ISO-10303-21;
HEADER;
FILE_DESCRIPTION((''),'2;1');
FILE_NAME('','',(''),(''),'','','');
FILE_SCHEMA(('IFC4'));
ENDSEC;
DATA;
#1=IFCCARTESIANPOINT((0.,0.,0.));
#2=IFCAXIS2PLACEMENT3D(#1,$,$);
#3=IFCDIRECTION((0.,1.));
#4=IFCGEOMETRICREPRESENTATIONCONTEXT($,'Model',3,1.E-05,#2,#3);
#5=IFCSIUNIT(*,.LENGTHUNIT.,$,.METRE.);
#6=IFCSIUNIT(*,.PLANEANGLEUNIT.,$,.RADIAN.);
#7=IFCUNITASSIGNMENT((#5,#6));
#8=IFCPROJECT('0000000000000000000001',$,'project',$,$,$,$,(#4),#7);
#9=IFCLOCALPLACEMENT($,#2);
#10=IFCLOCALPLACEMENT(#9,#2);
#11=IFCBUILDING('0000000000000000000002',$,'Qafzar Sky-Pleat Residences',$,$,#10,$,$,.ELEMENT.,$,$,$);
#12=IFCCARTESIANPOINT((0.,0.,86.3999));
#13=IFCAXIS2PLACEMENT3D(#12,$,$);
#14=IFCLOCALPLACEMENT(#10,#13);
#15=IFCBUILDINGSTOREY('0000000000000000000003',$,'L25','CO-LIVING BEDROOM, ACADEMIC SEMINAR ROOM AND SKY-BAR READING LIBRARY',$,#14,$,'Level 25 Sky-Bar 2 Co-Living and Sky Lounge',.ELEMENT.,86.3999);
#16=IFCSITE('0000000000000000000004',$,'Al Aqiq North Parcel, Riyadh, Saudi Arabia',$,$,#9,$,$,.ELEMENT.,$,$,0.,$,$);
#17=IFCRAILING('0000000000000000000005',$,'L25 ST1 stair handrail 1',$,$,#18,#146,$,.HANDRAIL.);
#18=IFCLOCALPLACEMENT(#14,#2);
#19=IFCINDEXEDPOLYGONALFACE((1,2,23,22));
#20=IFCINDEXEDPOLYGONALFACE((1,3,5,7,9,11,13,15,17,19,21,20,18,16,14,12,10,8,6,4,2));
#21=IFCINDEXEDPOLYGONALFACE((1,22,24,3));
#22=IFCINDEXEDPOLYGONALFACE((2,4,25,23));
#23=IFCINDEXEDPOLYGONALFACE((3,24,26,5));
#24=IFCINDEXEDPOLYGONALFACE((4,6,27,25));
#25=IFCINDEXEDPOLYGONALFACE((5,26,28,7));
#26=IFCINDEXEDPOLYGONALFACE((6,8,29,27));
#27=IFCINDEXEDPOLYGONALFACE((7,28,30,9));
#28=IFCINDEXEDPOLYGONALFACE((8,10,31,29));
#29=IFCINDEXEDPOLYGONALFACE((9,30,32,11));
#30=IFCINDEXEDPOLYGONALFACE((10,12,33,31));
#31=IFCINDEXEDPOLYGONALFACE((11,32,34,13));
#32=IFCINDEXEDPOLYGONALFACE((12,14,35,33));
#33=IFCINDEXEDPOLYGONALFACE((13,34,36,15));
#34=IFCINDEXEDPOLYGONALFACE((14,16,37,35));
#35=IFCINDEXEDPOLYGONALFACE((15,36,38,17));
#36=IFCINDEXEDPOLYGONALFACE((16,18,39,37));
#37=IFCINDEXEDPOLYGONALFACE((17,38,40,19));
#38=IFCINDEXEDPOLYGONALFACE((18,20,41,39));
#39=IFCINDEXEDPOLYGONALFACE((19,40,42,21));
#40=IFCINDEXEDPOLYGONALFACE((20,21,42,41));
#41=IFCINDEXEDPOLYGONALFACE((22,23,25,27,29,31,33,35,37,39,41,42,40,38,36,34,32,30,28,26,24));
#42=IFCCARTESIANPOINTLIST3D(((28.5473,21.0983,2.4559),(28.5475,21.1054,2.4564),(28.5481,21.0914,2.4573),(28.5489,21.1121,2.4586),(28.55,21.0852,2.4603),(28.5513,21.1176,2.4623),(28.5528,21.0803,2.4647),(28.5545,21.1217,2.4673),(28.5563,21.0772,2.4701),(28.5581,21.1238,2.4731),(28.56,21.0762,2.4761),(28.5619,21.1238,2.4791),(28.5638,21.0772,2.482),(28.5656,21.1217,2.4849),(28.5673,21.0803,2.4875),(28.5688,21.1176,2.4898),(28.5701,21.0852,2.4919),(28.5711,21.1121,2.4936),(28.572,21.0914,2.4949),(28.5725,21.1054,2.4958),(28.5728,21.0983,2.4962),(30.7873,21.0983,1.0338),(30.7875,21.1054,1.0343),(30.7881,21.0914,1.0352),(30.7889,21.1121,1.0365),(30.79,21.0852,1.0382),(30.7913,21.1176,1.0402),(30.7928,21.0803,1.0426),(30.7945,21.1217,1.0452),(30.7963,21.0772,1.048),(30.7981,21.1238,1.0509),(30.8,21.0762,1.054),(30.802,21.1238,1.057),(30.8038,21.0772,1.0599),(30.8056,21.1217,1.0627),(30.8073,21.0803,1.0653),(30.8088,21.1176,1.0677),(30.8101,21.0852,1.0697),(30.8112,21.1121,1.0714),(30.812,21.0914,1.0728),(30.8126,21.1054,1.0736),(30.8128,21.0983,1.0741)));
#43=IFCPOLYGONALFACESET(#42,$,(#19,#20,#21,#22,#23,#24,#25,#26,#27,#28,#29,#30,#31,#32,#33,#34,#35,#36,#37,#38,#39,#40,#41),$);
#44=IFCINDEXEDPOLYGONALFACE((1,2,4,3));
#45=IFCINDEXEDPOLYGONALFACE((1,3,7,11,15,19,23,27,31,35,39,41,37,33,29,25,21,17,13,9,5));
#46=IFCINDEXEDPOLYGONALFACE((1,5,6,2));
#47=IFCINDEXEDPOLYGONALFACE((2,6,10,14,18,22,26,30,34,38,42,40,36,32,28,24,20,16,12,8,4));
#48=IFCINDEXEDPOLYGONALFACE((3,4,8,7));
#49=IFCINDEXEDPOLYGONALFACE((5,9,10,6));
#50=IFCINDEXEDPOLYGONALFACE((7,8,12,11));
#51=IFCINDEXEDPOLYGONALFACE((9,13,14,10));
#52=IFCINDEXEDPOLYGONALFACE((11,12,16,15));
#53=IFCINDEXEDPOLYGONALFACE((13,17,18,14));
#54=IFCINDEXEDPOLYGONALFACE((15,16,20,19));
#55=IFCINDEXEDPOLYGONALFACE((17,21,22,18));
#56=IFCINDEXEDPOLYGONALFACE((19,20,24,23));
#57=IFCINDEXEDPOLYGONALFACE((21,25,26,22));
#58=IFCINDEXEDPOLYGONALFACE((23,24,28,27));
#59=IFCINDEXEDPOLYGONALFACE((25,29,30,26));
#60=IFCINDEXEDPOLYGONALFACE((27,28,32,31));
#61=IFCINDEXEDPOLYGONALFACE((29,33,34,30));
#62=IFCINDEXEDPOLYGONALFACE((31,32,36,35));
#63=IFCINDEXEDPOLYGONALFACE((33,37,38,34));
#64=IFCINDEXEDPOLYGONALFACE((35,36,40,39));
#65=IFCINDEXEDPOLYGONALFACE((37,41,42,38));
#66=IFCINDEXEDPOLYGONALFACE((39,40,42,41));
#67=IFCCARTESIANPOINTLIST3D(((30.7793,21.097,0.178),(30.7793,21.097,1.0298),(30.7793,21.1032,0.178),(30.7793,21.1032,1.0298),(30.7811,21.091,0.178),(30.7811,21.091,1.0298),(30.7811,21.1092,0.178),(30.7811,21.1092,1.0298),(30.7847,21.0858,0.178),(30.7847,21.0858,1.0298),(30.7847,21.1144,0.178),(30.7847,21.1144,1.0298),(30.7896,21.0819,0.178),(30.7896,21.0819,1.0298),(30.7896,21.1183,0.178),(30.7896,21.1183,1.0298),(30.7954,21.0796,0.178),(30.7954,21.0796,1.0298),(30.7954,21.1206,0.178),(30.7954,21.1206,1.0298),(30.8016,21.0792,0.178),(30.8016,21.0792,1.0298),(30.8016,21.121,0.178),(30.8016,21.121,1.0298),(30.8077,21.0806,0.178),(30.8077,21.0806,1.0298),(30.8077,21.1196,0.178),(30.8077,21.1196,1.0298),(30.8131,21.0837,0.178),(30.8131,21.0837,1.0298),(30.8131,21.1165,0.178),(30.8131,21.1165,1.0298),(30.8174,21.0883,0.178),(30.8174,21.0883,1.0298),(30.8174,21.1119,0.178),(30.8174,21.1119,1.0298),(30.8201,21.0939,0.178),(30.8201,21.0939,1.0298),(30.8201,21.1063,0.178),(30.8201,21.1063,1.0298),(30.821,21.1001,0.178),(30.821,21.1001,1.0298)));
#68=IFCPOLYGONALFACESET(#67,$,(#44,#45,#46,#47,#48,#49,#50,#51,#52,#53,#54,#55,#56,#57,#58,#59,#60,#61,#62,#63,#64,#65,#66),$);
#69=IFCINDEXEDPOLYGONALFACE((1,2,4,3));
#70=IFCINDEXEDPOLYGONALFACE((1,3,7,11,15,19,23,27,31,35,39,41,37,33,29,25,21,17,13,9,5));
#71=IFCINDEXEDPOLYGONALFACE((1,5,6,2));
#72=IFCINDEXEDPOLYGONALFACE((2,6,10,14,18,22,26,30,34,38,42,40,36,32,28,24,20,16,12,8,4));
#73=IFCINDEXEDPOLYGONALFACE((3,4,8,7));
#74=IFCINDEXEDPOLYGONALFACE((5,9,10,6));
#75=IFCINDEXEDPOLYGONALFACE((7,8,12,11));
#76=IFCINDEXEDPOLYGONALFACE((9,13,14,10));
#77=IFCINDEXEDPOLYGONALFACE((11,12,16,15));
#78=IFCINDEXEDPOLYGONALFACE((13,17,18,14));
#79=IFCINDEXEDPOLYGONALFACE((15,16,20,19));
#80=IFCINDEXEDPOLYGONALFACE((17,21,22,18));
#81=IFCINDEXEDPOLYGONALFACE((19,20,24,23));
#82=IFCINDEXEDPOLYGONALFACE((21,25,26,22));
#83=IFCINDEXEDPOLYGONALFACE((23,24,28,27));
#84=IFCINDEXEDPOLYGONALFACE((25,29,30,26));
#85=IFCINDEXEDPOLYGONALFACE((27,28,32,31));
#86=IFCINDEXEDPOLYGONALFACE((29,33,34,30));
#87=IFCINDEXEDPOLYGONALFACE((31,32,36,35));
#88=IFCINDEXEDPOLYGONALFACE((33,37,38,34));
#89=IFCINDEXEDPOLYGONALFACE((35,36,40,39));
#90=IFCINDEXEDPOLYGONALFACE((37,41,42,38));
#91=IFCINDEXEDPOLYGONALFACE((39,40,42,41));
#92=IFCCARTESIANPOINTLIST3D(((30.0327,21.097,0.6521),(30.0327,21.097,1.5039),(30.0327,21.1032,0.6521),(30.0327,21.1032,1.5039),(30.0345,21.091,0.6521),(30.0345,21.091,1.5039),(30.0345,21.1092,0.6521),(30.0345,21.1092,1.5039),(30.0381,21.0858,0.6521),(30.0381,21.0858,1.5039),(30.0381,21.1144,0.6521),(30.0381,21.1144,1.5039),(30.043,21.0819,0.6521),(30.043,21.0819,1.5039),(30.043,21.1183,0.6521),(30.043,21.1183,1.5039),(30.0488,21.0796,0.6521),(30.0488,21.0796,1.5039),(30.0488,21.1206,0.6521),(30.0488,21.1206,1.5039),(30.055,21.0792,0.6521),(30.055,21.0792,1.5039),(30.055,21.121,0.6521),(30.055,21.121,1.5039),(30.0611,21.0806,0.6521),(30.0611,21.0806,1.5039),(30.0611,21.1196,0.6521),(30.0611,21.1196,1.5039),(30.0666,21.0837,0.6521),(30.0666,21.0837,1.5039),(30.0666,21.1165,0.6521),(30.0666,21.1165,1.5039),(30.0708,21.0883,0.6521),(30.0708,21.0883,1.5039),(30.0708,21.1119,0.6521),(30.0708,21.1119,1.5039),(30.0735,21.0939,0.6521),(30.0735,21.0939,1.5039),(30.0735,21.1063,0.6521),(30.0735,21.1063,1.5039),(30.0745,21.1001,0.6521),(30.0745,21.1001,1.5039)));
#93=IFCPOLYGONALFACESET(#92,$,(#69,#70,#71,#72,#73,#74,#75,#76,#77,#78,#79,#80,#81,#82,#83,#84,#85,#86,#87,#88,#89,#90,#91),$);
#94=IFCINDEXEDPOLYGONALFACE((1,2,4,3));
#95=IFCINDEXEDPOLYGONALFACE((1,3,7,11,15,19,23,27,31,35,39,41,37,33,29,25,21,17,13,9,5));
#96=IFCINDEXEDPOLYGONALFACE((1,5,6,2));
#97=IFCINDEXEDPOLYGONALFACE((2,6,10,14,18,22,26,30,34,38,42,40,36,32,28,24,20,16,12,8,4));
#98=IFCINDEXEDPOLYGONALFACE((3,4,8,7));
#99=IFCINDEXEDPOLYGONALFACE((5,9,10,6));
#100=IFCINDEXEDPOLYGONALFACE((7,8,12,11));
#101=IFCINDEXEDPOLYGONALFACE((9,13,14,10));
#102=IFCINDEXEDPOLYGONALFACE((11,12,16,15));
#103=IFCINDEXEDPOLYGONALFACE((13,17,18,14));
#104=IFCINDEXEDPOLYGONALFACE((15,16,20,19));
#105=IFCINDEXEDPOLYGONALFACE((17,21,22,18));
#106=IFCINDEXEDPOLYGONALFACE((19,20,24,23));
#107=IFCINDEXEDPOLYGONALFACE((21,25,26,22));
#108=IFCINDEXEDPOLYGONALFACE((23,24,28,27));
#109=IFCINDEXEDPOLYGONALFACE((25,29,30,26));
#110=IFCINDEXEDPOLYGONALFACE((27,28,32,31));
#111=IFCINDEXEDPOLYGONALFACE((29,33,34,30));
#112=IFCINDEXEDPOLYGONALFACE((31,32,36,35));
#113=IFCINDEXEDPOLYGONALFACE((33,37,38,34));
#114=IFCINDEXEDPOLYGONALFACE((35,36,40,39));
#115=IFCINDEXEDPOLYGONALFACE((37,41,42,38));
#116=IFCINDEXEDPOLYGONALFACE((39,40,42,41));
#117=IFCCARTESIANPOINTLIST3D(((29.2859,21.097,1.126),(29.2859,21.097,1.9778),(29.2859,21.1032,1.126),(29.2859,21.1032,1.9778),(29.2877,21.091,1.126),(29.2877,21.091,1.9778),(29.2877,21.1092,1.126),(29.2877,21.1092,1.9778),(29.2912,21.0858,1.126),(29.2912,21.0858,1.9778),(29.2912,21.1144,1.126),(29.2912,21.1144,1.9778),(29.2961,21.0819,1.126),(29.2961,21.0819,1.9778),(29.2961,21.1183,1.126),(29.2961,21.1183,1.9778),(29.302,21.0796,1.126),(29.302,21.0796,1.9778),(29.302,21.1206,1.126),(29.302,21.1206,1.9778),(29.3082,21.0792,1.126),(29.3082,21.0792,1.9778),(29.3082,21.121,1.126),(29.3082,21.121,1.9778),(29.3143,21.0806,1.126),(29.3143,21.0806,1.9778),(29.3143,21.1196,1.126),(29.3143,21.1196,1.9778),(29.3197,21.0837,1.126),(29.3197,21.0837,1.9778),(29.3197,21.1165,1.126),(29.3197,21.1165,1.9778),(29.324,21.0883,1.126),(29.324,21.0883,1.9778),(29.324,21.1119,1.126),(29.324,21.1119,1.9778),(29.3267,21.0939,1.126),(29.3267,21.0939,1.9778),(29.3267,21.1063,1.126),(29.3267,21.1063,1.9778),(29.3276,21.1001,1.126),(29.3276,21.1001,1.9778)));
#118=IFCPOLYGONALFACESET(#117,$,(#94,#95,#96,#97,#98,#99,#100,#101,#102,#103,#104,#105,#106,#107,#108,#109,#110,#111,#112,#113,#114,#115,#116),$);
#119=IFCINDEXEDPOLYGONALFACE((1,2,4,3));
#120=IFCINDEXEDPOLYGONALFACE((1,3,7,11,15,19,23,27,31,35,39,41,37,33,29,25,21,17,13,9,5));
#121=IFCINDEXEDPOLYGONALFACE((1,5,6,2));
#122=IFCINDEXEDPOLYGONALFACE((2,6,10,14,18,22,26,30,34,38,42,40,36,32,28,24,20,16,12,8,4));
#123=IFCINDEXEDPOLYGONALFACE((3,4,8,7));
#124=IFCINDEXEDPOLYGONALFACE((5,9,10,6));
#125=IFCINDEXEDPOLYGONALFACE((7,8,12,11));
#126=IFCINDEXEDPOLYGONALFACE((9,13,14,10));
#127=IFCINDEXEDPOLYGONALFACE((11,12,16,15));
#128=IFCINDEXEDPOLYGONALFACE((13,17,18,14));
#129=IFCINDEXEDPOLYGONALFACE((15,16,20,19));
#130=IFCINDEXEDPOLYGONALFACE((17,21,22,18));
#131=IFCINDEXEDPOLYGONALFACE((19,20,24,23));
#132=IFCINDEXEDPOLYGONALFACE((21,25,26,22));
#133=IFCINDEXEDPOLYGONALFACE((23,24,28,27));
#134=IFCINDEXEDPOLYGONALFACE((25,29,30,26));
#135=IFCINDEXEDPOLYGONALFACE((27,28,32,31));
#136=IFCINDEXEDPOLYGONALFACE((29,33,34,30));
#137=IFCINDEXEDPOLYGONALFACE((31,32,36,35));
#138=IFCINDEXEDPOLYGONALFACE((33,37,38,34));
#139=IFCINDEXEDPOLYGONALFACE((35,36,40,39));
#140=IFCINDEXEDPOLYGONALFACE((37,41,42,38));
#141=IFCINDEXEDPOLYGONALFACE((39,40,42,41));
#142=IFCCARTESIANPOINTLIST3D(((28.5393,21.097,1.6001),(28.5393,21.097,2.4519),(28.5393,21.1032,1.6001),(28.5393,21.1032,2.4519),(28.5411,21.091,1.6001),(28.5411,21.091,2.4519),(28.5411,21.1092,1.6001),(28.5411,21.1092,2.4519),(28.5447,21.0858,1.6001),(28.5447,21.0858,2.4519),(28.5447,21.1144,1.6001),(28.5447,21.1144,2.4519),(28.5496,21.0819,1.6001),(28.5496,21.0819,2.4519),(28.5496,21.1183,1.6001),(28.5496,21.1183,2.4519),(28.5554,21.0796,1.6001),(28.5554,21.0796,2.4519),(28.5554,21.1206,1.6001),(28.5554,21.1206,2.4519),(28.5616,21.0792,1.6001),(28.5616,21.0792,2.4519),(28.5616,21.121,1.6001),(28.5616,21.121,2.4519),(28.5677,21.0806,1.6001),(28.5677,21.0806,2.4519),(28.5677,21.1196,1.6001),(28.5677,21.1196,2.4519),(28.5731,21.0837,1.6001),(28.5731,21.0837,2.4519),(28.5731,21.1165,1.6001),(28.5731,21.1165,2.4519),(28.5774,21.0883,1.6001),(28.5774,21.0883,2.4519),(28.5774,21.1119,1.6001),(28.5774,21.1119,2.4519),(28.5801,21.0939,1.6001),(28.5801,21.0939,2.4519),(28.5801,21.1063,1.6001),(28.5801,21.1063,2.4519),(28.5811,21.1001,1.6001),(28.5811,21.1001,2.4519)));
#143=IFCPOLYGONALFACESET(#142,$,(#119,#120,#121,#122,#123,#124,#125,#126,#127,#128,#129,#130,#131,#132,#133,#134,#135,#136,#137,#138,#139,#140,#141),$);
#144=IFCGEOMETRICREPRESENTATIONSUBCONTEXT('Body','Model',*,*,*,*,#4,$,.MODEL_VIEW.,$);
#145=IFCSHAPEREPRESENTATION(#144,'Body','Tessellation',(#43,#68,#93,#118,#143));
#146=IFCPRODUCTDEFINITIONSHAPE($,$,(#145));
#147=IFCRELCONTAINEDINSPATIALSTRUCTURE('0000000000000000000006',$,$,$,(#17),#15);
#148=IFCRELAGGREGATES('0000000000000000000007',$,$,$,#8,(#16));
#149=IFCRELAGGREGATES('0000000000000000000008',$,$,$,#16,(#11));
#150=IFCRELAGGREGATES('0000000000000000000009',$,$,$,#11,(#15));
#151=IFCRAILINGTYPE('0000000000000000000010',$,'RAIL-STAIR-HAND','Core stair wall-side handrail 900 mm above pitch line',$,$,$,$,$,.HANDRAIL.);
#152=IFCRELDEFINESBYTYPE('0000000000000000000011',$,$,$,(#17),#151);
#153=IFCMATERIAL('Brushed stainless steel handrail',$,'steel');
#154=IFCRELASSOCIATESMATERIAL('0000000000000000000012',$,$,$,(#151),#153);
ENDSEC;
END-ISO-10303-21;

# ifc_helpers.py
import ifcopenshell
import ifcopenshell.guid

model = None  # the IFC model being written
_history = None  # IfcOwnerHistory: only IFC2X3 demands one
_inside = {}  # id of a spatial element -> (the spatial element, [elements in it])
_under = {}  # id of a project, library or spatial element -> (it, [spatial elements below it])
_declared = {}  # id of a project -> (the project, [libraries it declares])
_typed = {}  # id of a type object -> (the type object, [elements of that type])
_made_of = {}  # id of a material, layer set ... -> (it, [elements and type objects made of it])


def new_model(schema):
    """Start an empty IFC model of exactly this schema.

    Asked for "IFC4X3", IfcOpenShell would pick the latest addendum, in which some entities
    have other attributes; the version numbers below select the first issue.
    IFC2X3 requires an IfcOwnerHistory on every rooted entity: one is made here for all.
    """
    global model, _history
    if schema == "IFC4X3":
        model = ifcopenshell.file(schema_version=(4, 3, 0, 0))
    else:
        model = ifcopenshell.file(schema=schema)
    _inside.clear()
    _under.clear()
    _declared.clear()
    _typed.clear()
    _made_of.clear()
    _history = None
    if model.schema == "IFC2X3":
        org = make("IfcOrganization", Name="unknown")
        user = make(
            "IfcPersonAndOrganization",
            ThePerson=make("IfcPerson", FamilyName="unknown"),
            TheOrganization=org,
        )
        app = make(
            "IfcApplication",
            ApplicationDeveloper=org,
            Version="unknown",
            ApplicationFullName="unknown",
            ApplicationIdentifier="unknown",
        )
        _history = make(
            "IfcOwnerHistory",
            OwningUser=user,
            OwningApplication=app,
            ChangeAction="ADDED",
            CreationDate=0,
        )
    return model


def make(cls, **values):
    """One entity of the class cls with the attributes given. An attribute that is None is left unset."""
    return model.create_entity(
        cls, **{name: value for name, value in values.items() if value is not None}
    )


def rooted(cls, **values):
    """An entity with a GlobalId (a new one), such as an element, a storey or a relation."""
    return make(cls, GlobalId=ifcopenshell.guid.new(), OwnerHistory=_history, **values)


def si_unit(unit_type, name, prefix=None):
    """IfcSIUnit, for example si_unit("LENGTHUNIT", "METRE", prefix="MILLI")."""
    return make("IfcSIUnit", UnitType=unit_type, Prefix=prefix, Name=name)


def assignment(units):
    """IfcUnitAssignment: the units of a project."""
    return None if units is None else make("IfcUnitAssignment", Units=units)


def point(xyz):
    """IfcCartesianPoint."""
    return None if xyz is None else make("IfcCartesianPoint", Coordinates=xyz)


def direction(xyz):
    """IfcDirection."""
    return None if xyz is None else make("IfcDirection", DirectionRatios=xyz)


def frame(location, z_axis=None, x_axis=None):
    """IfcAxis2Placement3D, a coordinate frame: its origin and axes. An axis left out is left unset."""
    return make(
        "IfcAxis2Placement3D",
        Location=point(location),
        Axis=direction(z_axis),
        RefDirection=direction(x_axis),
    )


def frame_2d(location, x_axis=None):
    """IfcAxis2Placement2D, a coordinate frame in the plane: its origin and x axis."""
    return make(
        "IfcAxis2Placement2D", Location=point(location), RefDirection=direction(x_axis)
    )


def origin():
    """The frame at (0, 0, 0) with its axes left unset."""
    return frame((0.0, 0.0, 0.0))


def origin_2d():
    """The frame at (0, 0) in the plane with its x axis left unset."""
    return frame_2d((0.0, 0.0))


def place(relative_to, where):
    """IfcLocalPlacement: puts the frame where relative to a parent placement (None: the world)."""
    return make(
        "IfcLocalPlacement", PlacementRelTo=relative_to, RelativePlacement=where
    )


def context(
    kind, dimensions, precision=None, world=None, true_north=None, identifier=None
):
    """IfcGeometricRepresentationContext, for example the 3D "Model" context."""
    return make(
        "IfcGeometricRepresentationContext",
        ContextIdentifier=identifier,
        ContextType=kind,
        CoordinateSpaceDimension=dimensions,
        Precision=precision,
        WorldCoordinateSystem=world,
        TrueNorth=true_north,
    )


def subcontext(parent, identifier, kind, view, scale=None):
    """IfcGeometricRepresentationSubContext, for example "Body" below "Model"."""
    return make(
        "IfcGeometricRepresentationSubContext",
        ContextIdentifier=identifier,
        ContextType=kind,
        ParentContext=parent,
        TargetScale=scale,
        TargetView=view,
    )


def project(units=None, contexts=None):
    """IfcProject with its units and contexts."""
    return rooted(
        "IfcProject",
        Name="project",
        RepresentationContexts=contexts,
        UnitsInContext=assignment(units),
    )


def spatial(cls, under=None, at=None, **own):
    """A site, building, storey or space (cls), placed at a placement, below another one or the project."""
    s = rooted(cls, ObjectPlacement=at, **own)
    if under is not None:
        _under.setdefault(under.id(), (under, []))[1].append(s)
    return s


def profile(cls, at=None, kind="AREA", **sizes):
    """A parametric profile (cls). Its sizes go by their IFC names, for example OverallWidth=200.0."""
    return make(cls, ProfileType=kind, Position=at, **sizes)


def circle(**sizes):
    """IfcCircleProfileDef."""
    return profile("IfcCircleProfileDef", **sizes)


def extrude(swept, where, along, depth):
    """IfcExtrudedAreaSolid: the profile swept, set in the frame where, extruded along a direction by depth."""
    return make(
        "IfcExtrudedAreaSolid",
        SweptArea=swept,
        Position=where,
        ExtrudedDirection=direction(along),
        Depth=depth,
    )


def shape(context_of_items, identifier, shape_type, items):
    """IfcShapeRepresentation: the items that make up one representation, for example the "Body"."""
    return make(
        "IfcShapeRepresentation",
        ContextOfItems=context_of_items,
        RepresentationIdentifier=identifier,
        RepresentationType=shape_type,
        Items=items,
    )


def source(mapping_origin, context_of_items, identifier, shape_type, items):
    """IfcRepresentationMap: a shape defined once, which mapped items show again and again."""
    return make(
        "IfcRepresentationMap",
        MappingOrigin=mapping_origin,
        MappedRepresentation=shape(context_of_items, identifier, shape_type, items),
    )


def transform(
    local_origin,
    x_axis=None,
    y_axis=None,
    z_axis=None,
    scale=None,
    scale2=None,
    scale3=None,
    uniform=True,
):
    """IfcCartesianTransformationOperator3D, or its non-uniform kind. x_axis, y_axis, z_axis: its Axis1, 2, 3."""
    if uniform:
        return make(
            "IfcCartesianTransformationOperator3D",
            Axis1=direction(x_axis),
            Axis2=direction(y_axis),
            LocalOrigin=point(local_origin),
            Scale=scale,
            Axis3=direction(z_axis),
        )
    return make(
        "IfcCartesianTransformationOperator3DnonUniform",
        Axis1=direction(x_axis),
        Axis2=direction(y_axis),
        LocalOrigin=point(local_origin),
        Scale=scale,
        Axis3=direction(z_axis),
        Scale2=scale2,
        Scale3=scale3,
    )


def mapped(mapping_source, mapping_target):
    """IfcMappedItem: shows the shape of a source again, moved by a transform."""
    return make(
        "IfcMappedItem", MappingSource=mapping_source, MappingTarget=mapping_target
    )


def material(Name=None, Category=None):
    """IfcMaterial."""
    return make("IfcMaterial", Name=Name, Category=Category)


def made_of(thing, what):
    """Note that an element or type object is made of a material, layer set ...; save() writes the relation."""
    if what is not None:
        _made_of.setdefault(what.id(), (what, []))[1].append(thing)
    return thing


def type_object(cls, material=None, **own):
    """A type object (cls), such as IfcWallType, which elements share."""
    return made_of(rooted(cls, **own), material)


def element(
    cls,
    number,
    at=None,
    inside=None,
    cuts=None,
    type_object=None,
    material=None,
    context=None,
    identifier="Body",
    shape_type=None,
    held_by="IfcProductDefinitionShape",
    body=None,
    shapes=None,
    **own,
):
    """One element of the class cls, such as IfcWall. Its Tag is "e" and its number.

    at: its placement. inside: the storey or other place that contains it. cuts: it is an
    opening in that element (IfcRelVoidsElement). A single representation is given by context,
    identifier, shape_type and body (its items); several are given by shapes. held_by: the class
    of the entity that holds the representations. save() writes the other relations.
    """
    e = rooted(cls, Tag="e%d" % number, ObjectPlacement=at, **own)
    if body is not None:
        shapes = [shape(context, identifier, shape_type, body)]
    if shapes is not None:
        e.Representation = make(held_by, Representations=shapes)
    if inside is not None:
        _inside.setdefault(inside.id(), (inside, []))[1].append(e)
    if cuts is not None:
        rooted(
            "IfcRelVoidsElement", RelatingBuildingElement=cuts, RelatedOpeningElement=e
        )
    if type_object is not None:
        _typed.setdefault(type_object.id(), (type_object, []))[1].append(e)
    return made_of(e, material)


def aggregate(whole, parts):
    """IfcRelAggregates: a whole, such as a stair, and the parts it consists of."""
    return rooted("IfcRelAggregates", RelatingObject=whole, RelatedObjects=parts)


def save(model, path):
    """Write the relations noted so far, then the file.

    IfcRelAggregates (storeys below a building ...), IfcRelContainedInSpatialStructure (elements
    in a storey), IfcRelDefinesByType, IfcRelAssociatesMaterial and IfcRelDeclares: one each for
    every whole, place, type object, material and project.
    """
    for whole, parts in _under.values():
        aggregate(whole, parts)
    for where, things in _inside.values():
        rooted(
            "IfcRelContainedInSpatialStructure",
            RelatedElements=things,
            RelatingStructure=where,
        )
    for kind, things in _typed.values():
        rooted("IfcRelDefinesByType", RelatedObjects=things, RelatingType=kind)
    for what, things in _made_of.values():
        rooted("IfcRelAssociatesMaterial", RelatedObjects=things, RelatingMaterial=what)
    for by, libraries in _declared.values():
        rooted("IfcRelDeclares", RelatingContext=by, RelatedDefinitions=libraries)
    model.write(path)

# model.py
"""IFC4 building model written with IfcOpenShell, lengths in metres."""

from ifc_helpers import new_model, si_unit, direction, frame, origin, origin_2d, place, context, subcontext, project, spatial, circle, extrude, source, transform, mapped, material, type_object, element, save


model = new_model("IFC4")

# Units and contexts
model_context = context("Model", 3, precision=1e-05, world=origin(), true_north=direction((0.0, 1.0)))
body_context = subcontext(model_context, "Body", "Model", "MODEL_VIEW")
ifc_project = project(units=[si_unit("LENGTHUNIT", "METRE"), si_unit("PLANEANGLEUNIT", "RADIAN")], contexts=[model_context])

# Site, building, storey
site_placement = place(None, origin())
site = spatial("IfcSite", under=ifc_project, at=site_placement, Name="Al Aqiq North Parcel, Riyadh, Saudi Arabia", CompositionType="ELEMENT", RefElevation=0.0)
building_placement = place(site_placement, origin())
building = spatial("IfcBuilding", under=site, at=building_placement, Name="Qafzar Sky-Pleat Residences", CompositionType="ELEMENT")
storey_placement = place(building_placement, frame((0.0, 0.0, 86.3999)))
storey = spatial("IfcBuildingStorey", under=building, at=storey_placement, Name="L25", Description="CO-LIVING BEDROOM, ACADEMIC SEMINAR ROOM AND SKY-BAR READING LIBRARY", LongName="Level 25 Sky-Bar 2 Co-Living and Sky Lounge", CompositionType="ELEMENT", Elevation=86.3999)

# Railing
ifc_material_1 = material(Name="Brushed stainless steel handrail", Category="steel")
railing_type_1 = type_object("IfcRailingType", Name="RAIL-STAIR-HAND", Description="Core stair wall-side handrail 900 mm above pitch line", PredefinedType="HANDRAIL", material=ifc_material_1)
shared_shape_1 = source(origin(), body_context, "Body", "SweptSolid", [
    extrude(circle(Radius=0.0239, at=origin_2d()), frame((0.0, 0.0, 0.876), z_axis=(-0.844229, 0.0, 0.535982), x_axis=(0.0, -1.0, 0.0)), (0.0, 0.0, 1.0), 2.6533),
    extrude(circle(Radius=0.021, at=origin_2d()), origin(), (0.0, 0.0, 1.0), 0.8518),
    extrude(circle(Radius=0.021, at=origin_2d()), frame((-0.7466, 0.0, 0.4741)), (0.0, 0.0, 1.0), 0.8518),
    extrude(circle(Radius=0.021, at=origin_2d()), frame((-1.4934, 0.0, 0.948)), (0.0, 0.0, 1.0), 0.8518),
    extrude(circle(Radius=0.021, at=origin_2d()), frame((-2.24, 0.0, 1.4221)), (0.0, 0.0, 1.0), 0.8518),
])
railing_1_placement = place(storey_placement, frame((30.8, 21.1001, 0.178)))
element("IfcRailing", 1, at=railing_1_placement, inside=storey, type_object=railing_type_1, Name="L25 ST1 stair handrail 1", PredefinedType="HANDRAIL", context=body_context, shape_type="MappedRepresentation", body=[
    mapped(shared_shape_1, transform((0.0, 0.0, 0.0), x_axis=(1.0, 0.0, 0.0), y_axis=(0.0, 1.0, 0.0), z_axis=(0.0, 0.0, 1.0), scale=1.0)),
])

save(model, "model.ifc")
